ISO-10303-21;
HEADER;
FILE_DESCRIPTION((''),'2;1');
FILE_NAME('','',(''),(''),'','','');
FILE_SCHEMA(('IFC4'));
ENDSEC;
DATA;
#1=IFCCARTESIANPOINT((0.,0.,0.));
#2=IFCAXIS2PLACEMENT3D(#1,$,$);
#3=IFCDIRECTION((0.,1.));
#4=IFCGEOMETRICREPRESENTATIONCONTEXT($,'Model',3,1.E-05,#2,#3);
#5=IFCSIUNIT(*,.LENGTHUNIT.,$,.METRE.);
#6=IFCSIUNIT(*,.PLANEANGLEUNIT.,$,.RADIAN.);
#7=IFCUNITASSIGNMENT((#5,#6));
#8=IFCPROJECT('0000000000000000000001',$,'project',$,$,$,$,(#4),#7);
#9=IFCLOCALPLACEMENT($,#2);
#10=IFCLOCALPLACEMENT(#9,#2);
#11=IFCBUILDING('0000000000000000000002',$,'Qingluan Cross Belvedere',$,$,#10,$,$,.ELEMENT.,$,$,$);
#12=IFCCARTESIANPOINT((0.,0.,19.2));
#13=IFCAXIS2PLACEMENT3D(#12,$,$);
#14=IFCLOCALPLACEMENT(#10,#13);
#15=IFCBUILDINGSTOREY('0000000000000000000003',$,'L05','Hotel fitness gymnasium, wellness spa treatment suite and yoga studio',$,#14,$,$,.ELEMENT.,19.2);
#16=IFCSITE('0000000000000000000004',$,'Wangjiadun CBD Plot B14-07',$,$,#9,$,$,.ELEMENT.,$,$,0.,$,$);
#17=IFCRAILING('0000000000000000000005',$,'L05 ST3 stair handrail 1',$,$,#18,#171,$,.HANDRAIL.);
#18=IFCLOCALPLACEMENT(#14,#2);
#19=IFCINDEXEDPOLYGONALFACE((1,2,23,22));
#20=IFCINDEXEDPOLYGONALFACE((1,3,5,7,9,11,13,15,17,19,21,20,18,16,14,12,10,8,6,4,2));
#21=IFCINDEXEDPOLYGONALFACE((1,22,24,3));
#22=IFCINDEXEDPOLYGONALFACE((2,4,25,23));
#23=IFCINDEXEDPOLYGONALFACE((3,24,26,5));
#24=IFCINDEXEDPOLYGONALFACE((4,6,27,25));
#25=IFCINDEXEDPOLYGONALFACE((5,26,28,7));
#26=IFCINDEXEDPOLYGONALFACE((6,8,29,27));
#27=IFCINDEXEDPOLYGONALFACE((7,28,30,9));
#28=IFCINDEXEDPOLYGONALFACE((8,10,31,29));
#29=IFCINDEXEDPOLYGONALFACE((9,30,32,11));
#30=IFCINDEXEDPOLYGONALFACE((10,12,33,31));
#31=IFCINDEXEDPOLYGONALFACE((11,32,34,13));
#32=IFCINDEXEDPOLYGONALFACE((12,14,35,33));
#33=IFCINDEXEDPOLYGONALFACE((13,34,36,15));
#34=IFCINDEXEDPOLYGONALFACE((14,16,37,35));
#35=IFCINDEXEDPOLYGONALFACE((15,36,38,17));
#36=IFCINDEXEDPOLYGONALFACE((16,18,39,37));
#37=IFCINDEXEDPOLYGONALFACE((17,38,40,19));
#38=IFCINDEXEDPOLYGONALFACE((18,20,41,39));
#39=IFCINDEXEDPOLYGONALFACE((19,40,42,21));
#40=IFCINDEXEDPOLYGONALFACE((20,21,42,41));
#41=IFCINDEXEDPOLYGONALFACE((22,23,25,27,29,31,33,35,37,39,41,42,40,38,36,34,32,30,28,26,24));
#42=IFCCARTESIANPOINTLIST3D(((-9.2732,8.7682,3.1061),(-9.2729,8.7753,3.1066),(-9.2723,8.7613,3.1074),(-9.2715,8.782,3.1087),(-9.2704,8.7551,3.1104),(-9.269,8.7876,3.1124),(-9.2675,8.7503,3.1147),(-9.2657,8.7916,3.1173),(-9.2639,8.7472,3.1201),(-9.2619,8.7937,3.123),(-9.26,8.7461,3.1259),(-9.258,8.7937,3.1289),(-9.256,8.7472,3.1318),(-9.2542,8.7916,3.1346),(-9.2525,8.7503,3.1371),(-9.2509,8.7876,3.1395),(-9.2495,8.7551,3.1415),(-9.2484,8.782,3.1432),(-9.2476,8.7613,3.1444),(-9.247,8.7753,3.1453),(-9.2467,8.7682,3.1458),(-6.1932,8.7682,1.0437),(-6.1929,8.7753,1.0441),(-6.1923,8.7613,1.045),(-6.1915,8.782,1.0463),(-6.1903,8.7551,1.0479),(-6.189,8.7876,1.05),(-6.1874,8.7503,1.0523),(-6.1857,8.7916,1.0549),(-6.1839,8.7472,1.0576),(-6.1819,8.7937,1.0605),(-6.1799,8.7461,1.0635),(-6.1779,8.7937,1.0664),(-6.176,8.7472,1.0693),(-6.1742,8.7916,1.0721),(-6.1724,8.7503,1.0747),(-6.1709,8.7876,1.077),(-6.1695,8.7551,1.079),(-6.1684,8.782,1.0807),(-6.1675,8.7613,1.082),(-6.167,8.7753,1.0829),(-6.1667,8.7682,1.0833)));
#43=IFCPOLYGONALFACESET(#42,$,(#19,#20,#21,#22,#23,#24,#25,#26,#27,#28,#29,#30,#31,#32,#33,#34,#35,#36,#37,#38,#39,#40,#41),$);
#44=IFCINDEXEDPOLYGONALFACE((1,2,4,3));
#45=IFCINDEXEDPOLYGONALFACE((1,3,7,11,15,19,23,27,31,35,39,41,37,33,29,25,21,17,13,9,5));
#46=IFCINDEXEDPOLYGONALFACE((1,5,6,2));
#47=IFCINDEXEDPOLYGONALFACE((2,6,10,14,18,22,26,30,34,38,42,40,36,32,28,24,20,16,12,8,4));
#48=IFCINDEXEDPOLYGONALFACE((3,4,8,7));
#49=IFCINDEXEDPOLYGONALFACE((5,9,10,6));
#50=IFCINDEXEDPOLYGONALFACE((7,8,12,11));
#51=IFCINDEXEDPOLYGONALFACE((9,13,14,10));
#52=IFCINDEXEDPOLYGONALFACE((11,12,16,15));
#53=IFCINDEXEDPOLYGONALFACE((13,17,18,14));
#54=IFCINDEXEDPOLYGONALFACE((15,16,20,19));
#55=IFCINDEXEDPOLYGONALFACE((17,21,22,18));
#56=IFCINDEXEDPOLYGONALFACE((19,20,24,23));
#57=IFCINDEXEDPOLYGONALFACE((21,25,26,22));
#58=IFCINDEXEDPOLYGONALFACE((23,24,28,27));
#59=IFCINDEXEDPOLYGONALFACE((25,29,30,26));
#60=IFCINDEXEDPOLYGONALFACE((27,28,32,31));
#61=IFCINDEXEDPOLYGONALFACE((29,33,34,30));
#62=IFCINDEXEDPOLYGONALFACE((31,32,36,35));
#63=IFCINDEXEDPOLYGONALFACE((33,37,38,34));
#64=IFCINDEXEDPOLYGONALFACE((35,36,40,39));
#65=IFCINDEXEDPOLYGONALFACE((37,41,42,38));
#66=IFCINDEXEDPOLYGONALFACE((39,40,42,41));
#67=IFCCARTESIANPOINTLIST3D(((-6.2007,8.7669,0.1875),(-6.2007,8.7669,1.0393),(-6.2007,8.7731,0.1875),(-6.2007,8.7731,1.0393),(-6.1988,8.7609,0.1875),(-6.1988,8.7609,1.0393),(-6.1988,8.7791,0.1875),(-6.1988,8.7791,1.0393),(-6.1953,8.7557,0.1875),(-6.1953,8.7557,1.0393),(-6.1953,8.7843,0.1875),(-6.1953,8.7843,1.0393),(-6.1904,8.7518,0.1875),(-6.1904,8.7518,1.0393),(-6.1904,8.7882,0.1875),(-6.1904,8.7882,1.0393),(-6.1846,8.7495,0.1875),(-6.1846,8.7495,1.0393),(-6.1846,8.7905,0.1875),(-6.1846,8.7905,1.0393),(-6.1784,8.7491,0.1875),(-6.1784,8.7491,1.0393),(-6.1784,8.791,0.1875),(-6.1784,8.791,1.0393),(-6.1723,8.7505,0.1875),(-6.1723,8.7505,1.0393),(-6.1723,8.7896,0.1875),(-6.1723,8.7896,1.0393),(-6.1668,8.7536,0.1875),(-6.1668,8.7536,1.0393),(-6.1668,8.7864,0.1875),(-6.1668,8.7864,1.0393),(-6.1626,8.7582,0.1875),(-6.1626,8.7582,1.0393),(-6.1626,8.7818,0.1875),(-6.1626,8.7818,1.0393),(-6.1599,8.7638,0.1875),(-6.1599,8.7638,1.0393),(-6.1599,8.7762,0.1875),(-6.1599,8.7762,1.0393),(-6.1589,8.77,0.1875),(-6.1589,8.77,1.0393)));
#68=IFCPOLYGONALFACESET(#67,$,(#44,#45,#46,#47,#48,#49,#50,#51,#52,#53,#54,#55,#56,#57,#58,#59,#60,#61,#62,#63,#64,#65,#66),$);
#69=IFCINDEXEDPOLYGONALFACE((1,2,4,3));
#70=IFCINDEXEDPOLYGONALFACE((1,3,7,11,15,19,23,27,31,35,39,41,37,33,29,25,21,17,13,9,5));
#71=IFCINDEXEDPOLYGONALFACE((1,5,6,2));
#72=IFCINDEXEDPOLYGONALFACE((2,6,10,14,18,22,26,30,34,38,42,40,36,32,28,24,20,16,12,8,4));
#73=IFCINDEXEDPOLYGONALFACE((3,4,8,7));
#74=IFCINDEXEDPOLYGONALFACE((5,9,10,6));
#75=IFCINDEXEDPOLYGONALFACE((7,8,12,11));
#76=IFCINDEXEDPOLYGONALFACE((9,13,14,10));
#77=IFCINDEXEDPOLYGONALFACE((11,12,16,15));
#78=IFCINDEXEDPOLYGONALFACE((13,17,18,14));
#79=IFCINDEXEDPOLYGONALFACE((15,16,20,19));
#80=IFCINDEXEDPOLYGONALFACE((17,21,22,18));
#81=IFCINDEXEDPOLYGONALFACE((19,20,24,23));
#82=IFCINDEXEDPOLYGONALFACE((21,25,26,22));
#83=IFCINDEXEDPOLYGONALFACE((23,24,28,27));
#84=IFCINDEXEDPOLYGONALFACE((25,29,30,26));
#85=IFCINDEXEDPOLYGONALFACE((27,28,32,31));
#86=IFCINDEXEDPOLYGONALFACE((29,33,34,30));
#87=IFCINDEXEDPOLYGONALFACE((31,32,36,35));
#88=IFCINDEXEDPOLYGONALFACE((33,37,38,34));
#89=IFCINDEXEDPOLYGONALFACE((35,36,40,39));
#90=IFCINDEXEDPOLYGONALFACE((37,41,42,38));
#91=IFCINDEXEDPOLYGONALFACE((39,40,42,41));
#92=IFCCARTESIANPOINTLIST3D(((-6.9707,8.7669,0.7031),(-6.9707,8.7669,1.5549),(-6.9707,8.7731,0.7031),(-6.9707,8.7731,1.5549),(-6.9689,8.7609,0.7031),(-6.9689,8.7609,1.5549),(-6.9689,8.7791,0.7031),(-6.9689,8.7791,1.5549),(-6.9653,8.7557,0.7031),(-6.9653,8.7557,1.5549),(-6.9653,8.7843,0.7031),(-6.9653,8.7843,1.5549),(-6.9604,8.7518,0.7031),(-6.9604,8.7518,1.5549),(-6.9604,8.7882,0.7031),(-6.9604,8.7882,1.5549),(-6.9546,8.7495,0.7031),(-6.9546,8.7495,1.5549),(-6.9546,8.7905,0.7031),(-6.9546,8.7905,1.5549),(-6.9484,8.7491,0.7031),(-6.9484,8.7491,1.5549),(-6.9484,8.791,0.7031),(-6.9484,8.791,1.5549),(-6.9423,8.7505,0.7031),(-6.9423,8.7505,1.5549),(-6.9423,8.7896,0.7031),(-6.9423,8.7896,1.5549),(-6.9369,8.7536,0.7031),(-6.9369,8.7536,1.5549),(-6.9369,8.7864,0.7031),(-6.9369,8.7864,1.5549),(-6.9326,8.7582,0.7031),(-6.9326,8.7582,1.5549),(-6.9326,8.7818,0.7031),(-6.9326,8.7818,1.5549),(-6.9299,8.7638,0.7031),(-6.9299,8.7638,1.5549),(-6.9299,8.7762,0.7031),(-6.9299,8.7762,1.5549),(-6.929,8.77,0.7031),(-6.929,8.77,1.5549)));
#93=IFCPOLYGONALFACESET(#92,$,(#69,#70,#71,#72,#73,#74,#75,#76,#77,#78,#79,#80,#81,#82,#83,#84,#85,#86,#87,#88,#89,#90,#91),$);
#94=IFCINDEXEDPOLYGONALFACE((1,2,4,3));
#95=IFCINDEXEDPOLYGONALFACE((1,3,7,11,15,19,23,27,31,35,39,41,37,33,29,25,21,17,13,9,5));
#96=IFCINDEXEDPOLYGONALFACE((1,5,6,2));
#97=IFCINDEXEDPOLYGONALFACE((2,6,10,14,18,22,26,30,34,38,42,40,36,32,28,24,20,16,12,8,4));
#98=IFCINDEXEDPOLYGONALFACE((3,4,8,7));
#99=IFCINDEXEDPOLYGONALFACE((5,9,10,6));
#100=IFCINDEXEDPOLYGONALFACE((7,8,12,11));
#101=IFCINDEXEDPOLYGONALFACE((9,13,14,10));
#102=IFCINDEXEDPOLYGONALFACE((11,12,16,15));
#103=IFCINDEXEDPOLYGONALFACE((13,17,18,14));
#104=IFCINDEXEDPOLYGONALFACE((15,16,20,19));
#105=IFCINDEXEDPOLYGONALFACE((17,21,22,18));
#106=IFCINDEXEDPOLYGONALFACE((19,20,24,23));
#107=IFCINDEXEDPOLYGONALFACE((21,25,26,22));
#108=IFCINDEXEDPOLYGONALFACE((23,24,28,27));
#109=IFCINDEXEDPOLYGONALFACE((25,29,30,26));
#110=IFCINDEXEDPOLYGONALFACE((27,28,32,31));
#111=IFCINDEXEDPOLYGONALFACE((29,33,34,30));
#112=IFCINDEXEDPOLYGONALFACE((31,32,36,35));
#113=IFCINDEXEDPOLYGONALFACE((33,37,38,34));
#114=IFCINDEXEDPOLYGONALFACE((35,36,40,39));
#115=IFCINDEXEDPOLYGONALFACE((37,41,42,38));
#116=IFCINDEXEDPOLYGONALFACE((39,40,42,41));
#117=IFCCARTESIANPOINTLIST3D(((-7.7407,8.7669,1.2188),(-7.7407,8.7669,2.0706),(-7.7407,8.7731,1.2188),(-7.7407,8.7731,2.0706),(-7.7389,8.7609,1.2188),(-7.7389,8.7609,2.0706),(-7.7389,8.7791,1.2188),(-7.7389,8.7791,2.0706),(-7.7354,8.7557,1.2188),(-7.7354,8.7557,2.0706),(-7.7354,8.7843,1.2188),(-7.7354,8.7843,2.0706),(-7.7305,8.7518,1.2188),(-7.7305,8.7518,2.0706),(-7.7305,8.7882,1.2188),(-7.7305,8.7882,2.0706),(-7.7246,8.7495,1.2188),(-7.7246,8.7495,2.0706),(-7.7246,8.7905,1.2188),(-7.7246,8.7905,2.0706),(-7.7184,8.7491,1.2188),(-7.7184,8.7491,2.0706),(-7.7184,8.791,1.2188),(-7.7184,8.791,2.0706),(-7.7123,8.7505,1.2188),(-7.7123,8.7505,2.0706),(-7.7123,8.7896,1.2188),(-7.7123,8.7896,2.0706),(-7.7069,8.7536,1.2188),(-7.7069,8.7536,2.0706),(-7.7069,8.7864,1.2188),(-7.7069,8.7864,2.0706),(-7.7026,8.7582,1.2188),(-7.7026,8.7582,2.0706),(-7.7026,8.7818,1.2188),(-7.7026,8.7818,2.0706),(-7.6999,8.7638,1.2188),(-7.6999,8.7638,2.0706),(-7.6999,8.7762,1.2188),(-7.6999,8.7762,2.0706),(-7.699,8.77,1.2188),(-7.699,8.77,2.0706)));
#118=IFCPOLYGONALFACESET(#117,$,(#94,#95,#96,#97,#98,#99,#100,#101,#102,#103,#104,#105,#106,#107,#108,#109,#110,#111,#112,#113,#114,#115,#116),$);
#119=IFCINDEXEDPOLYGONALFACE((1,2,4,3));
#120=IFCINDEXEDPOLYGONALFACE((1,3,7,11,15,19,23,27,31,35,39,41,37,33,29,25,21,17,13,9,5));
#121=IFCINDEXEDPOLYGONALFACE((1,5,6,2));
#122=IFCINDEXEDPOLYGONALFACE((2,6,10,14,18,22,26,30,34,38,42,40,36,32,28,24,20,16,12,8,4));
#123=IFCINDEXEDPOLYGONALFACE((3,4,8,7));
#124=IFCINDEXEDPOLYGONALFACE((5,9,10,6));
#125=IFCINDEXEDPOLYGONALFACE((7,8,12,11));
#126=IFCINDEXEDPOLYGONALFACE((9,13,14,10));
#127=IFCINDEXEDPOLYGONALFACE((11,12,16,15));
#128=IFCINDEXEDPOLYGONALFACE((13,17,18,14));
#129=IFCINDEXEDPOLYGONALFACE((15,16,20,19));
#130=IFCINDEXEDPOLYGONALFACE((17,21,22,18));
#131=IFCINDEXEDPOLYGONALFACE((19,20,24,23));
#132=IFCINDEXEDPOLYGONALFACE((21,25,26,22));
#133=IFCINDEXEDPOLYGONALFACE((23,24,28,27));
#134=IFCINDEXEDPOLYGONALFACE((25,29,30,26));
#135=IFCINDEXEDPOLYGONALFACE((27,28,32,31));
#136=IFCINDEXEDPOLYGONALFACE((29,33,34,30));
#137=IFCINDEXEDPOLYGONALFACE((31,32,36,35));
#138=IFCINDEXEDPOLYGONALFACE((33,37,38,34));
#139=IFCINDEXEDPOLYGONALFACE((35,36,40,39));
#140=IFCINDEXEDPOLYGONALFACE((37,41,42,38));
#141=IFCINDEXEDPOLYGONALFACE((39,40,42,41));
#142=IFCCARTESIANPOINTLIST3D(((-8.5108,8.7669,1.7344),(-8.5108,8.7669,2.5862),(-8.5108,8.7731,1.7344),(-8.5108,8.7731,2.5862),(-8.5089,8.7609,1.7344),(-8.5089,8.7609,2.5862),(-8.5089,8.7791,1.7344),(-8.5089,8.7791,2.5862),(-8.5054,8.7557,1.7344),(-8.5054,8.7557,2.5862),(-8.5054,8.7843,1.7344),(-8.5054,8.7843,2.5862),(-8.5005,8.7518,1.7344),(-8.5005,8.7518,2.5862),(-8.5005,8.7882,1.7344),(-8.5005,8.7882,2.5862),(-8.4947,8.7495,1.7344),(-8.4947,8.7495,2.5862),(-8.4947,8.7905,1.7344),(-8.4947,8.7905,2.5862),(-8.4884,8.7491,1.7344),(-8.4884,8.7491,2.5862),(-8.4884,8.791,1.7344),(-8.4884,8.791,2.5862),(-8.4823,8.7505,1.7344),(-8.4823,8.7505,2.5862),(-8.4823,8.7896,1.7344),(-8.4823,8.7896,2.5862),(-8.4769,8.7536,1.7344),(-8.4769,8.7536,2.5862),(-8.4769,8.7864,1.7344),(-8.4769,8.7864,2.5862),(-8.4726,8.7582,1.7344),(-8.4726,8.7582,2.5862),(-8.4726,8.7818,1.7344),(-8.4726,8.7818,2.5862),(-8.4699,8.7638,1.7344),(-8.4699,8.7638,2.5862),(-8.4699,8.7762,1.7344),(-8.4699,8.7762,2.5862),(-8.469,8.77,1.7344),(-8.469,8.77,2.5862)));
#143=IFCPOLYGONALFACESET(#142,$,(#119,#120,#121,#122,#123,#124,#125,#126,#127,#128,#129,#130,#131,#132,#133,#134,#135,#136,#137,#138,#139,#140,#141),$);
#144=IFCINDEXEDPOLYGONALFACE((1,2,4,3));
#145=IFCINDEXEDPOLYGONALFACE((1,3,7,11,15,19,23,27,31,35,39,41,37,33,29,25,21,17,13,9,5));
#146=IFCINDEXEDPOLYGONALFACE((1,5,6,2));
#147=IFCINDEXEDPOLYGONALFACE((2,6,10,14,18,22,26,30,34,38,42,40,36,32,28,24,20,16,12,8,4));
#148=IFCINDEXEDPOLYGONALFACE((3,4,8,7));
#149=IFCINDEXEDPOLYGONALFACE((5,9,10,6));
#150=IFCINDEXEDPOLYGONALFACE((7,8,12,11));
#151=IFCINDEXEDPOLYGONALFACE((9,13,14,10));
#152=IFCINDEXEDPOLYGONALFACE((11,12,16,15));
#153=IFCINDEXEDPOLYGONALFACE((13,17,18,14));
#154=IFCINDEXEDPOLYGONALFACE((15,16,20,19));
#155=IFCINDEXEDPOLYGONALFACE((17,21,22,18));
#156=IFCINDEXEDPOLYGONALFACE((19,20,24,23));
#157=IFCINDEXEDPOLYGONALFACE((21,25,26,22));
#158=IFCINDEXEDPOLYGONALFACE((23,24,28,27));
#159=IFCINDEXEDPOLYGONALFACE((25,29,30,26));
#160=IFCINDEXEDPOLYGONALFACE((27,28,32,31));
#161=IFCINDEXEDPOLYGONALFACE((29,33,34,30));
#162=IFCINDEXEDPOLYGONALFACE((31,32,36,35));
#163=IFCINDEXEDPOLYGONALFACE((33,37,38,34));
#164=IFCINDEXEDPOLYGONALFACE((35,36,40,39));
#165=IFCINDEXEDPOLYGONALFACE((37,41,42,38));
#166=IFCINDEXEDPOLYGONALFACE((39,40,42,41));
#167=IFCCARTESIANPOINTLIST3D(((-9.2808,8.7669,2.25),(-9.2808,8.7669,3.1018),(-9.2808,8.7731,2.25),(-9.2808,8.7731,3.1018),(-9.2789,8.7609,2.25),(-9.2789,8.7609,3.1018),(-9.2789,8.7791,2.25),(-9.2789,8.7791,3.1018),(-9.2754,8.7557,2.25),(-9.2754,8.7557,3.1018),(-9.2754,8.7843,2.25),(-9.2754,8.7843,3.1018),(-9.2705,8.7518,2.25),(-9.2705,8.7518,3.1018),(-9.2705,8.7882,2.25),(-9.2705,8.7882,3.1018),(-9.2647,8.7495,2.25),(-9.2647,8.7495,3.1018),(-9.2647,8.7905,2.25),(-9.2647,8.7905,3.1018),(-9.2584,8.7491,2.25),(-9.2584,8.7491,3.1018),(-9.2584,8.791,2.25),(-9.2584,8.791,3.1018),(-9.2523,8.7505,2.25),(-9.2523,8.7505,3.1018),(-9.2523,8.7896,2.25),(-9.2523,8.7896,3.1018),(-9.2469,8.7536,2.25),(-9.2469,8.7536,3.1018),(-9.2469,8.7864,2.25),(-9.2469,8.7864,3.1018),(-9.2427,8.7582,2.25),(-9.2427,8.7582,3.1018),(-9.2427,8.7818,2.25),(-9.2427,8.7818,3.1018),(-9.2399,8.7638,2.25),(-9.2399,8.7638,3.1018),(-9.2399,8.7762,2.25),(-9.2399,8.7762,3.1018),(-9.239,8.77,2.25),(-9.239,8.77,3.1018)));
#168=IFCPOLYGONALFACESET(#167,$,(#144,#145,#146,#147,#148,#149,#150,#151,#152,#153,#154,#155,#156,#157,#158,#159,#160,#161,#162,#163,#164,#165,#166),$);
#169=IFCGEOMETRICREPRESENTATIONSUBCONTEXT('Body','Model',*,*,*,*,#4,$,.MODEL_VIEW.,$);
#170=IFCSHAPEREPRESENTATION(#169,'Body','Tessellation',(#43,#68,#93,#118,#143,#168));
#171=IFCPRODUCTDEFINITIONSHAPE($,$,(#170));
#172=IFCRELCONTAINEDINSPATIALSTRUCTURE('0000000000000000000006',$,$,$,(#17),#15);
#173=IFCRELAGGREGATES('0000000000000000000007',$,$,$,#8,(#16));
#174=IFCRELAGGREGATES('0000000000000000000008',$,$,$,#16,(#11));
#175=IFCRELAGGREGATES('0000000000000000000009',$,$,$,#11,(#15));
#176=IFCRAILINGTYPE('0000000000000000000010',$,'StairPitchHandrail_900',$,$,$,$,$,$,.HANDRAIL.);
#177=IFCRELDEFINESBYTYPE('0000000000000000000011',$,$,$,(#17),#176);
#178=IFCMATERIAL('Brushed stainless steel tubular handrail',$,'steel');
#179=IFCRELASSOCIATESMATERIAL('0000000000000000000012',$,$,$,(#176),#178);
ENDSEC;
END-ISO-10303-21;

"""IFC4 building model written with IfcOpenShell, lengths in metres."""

from ifc_helpers import new_model, si_unit, direction, frame, origin, origin_2d, place, context, subcontext, project, spatial, circle, extrude, material, type_object, element, save


model = new_model("IFC4")

# Units and contexts
model_context = context("Model", 3, precision=1e-05, world=origin(), true_north=direction((0.0, 1.0)))
body_context = subcontext(model_context, "Body", "Model", "MODEL_VIEW")
ifc_project = project(units=[si_unit("LENGTHUNIT", "METRE"), si_unit("PLANEANGLEUNIT", "RADIAN")], contexts=[model_context])

# Site, building, storey
site_placement = place(None, origin())
site = spatial("IfcSite", under=ifc_project, at=site_placement, Name="Wangjiadun CBD Plot B14-07", CompositionType="ELEMENT", RefElevation=0.0)
building_placement = place(site_placement, origin())
building = spatial("IfcBuilding", under=site, at=building_placement, Name="Qingluan Cross Belvedere", CompositionType="ELEMENT")
storey_placement = place(building_placement, frame((0.0, 0.0, 19.2)))
storey = spatial("IfcBuildingStorey", under=building, at=storey_placement, Name="L05", Description="Hotel fitness gymnasium, wellness spa treatment suite and yoga studio", CompositionType="ELEMENT", Elevation=19.2)

# Railing
ifc_material_1 = material(Name="Brushed stainless steel tubular handrail", Category="steel")
railing_type_1 = type_object("IfcRailingType", Name="StairPitchHandrail_900", PredefinedType="HANDRAIL", material=ifc_material_1)
railing_1_placement = place(storey_placement, frame((-6.1799, 8.77, 0.1875)))
element("IfcRailing", 1, at=railing_1_placement, inside=storey, type_object=railing_type_1, Name="L05 ST3 stair handrail 1", PredefinedType="HANDRAIL", context=body_context, shape_type="SweptSolid", body=[
    extrude(circle(Radius=0.0239, at=origin_2d()), frame((0.0, 0.0, 0.876), z_axis=(-0.830914, 0.0, 0.556401), x_axis=(0.0, -1.0, 0.0)), (0.0, 0.0, 1.0), 3.7068),
    extrude(circle(Radius=0.021, at=origin_2d()), origin(), (0.0, 0.0, 1.0), 0.8518),
    extrude(circle(Radius=0.021, at=origin_2d()), frame((-0.77, 0.0, 0.5156)), (0.0, 0.0, 1.0), 0.8518),
    extrude(circle(Radius=0.021, at=origin_2d()), frame((-1.54, 0.0, 1.0312)), (0.0, 0.0, 1.0), 0.8518),
    extrude(circle(Radius=0.021, at=origin_2d()), frame((-2.3101, 0.0, 1.5469)), (0.0, 0.0, 1.0), 0.8518),
    extrude(circle(Radius=0.021, at=origin_2d()), frame((-3.0801, 0.0, 2.0625)), (0.0, 0.0, 1.0), 0.8518),
])

save(model, "model.ifc")
